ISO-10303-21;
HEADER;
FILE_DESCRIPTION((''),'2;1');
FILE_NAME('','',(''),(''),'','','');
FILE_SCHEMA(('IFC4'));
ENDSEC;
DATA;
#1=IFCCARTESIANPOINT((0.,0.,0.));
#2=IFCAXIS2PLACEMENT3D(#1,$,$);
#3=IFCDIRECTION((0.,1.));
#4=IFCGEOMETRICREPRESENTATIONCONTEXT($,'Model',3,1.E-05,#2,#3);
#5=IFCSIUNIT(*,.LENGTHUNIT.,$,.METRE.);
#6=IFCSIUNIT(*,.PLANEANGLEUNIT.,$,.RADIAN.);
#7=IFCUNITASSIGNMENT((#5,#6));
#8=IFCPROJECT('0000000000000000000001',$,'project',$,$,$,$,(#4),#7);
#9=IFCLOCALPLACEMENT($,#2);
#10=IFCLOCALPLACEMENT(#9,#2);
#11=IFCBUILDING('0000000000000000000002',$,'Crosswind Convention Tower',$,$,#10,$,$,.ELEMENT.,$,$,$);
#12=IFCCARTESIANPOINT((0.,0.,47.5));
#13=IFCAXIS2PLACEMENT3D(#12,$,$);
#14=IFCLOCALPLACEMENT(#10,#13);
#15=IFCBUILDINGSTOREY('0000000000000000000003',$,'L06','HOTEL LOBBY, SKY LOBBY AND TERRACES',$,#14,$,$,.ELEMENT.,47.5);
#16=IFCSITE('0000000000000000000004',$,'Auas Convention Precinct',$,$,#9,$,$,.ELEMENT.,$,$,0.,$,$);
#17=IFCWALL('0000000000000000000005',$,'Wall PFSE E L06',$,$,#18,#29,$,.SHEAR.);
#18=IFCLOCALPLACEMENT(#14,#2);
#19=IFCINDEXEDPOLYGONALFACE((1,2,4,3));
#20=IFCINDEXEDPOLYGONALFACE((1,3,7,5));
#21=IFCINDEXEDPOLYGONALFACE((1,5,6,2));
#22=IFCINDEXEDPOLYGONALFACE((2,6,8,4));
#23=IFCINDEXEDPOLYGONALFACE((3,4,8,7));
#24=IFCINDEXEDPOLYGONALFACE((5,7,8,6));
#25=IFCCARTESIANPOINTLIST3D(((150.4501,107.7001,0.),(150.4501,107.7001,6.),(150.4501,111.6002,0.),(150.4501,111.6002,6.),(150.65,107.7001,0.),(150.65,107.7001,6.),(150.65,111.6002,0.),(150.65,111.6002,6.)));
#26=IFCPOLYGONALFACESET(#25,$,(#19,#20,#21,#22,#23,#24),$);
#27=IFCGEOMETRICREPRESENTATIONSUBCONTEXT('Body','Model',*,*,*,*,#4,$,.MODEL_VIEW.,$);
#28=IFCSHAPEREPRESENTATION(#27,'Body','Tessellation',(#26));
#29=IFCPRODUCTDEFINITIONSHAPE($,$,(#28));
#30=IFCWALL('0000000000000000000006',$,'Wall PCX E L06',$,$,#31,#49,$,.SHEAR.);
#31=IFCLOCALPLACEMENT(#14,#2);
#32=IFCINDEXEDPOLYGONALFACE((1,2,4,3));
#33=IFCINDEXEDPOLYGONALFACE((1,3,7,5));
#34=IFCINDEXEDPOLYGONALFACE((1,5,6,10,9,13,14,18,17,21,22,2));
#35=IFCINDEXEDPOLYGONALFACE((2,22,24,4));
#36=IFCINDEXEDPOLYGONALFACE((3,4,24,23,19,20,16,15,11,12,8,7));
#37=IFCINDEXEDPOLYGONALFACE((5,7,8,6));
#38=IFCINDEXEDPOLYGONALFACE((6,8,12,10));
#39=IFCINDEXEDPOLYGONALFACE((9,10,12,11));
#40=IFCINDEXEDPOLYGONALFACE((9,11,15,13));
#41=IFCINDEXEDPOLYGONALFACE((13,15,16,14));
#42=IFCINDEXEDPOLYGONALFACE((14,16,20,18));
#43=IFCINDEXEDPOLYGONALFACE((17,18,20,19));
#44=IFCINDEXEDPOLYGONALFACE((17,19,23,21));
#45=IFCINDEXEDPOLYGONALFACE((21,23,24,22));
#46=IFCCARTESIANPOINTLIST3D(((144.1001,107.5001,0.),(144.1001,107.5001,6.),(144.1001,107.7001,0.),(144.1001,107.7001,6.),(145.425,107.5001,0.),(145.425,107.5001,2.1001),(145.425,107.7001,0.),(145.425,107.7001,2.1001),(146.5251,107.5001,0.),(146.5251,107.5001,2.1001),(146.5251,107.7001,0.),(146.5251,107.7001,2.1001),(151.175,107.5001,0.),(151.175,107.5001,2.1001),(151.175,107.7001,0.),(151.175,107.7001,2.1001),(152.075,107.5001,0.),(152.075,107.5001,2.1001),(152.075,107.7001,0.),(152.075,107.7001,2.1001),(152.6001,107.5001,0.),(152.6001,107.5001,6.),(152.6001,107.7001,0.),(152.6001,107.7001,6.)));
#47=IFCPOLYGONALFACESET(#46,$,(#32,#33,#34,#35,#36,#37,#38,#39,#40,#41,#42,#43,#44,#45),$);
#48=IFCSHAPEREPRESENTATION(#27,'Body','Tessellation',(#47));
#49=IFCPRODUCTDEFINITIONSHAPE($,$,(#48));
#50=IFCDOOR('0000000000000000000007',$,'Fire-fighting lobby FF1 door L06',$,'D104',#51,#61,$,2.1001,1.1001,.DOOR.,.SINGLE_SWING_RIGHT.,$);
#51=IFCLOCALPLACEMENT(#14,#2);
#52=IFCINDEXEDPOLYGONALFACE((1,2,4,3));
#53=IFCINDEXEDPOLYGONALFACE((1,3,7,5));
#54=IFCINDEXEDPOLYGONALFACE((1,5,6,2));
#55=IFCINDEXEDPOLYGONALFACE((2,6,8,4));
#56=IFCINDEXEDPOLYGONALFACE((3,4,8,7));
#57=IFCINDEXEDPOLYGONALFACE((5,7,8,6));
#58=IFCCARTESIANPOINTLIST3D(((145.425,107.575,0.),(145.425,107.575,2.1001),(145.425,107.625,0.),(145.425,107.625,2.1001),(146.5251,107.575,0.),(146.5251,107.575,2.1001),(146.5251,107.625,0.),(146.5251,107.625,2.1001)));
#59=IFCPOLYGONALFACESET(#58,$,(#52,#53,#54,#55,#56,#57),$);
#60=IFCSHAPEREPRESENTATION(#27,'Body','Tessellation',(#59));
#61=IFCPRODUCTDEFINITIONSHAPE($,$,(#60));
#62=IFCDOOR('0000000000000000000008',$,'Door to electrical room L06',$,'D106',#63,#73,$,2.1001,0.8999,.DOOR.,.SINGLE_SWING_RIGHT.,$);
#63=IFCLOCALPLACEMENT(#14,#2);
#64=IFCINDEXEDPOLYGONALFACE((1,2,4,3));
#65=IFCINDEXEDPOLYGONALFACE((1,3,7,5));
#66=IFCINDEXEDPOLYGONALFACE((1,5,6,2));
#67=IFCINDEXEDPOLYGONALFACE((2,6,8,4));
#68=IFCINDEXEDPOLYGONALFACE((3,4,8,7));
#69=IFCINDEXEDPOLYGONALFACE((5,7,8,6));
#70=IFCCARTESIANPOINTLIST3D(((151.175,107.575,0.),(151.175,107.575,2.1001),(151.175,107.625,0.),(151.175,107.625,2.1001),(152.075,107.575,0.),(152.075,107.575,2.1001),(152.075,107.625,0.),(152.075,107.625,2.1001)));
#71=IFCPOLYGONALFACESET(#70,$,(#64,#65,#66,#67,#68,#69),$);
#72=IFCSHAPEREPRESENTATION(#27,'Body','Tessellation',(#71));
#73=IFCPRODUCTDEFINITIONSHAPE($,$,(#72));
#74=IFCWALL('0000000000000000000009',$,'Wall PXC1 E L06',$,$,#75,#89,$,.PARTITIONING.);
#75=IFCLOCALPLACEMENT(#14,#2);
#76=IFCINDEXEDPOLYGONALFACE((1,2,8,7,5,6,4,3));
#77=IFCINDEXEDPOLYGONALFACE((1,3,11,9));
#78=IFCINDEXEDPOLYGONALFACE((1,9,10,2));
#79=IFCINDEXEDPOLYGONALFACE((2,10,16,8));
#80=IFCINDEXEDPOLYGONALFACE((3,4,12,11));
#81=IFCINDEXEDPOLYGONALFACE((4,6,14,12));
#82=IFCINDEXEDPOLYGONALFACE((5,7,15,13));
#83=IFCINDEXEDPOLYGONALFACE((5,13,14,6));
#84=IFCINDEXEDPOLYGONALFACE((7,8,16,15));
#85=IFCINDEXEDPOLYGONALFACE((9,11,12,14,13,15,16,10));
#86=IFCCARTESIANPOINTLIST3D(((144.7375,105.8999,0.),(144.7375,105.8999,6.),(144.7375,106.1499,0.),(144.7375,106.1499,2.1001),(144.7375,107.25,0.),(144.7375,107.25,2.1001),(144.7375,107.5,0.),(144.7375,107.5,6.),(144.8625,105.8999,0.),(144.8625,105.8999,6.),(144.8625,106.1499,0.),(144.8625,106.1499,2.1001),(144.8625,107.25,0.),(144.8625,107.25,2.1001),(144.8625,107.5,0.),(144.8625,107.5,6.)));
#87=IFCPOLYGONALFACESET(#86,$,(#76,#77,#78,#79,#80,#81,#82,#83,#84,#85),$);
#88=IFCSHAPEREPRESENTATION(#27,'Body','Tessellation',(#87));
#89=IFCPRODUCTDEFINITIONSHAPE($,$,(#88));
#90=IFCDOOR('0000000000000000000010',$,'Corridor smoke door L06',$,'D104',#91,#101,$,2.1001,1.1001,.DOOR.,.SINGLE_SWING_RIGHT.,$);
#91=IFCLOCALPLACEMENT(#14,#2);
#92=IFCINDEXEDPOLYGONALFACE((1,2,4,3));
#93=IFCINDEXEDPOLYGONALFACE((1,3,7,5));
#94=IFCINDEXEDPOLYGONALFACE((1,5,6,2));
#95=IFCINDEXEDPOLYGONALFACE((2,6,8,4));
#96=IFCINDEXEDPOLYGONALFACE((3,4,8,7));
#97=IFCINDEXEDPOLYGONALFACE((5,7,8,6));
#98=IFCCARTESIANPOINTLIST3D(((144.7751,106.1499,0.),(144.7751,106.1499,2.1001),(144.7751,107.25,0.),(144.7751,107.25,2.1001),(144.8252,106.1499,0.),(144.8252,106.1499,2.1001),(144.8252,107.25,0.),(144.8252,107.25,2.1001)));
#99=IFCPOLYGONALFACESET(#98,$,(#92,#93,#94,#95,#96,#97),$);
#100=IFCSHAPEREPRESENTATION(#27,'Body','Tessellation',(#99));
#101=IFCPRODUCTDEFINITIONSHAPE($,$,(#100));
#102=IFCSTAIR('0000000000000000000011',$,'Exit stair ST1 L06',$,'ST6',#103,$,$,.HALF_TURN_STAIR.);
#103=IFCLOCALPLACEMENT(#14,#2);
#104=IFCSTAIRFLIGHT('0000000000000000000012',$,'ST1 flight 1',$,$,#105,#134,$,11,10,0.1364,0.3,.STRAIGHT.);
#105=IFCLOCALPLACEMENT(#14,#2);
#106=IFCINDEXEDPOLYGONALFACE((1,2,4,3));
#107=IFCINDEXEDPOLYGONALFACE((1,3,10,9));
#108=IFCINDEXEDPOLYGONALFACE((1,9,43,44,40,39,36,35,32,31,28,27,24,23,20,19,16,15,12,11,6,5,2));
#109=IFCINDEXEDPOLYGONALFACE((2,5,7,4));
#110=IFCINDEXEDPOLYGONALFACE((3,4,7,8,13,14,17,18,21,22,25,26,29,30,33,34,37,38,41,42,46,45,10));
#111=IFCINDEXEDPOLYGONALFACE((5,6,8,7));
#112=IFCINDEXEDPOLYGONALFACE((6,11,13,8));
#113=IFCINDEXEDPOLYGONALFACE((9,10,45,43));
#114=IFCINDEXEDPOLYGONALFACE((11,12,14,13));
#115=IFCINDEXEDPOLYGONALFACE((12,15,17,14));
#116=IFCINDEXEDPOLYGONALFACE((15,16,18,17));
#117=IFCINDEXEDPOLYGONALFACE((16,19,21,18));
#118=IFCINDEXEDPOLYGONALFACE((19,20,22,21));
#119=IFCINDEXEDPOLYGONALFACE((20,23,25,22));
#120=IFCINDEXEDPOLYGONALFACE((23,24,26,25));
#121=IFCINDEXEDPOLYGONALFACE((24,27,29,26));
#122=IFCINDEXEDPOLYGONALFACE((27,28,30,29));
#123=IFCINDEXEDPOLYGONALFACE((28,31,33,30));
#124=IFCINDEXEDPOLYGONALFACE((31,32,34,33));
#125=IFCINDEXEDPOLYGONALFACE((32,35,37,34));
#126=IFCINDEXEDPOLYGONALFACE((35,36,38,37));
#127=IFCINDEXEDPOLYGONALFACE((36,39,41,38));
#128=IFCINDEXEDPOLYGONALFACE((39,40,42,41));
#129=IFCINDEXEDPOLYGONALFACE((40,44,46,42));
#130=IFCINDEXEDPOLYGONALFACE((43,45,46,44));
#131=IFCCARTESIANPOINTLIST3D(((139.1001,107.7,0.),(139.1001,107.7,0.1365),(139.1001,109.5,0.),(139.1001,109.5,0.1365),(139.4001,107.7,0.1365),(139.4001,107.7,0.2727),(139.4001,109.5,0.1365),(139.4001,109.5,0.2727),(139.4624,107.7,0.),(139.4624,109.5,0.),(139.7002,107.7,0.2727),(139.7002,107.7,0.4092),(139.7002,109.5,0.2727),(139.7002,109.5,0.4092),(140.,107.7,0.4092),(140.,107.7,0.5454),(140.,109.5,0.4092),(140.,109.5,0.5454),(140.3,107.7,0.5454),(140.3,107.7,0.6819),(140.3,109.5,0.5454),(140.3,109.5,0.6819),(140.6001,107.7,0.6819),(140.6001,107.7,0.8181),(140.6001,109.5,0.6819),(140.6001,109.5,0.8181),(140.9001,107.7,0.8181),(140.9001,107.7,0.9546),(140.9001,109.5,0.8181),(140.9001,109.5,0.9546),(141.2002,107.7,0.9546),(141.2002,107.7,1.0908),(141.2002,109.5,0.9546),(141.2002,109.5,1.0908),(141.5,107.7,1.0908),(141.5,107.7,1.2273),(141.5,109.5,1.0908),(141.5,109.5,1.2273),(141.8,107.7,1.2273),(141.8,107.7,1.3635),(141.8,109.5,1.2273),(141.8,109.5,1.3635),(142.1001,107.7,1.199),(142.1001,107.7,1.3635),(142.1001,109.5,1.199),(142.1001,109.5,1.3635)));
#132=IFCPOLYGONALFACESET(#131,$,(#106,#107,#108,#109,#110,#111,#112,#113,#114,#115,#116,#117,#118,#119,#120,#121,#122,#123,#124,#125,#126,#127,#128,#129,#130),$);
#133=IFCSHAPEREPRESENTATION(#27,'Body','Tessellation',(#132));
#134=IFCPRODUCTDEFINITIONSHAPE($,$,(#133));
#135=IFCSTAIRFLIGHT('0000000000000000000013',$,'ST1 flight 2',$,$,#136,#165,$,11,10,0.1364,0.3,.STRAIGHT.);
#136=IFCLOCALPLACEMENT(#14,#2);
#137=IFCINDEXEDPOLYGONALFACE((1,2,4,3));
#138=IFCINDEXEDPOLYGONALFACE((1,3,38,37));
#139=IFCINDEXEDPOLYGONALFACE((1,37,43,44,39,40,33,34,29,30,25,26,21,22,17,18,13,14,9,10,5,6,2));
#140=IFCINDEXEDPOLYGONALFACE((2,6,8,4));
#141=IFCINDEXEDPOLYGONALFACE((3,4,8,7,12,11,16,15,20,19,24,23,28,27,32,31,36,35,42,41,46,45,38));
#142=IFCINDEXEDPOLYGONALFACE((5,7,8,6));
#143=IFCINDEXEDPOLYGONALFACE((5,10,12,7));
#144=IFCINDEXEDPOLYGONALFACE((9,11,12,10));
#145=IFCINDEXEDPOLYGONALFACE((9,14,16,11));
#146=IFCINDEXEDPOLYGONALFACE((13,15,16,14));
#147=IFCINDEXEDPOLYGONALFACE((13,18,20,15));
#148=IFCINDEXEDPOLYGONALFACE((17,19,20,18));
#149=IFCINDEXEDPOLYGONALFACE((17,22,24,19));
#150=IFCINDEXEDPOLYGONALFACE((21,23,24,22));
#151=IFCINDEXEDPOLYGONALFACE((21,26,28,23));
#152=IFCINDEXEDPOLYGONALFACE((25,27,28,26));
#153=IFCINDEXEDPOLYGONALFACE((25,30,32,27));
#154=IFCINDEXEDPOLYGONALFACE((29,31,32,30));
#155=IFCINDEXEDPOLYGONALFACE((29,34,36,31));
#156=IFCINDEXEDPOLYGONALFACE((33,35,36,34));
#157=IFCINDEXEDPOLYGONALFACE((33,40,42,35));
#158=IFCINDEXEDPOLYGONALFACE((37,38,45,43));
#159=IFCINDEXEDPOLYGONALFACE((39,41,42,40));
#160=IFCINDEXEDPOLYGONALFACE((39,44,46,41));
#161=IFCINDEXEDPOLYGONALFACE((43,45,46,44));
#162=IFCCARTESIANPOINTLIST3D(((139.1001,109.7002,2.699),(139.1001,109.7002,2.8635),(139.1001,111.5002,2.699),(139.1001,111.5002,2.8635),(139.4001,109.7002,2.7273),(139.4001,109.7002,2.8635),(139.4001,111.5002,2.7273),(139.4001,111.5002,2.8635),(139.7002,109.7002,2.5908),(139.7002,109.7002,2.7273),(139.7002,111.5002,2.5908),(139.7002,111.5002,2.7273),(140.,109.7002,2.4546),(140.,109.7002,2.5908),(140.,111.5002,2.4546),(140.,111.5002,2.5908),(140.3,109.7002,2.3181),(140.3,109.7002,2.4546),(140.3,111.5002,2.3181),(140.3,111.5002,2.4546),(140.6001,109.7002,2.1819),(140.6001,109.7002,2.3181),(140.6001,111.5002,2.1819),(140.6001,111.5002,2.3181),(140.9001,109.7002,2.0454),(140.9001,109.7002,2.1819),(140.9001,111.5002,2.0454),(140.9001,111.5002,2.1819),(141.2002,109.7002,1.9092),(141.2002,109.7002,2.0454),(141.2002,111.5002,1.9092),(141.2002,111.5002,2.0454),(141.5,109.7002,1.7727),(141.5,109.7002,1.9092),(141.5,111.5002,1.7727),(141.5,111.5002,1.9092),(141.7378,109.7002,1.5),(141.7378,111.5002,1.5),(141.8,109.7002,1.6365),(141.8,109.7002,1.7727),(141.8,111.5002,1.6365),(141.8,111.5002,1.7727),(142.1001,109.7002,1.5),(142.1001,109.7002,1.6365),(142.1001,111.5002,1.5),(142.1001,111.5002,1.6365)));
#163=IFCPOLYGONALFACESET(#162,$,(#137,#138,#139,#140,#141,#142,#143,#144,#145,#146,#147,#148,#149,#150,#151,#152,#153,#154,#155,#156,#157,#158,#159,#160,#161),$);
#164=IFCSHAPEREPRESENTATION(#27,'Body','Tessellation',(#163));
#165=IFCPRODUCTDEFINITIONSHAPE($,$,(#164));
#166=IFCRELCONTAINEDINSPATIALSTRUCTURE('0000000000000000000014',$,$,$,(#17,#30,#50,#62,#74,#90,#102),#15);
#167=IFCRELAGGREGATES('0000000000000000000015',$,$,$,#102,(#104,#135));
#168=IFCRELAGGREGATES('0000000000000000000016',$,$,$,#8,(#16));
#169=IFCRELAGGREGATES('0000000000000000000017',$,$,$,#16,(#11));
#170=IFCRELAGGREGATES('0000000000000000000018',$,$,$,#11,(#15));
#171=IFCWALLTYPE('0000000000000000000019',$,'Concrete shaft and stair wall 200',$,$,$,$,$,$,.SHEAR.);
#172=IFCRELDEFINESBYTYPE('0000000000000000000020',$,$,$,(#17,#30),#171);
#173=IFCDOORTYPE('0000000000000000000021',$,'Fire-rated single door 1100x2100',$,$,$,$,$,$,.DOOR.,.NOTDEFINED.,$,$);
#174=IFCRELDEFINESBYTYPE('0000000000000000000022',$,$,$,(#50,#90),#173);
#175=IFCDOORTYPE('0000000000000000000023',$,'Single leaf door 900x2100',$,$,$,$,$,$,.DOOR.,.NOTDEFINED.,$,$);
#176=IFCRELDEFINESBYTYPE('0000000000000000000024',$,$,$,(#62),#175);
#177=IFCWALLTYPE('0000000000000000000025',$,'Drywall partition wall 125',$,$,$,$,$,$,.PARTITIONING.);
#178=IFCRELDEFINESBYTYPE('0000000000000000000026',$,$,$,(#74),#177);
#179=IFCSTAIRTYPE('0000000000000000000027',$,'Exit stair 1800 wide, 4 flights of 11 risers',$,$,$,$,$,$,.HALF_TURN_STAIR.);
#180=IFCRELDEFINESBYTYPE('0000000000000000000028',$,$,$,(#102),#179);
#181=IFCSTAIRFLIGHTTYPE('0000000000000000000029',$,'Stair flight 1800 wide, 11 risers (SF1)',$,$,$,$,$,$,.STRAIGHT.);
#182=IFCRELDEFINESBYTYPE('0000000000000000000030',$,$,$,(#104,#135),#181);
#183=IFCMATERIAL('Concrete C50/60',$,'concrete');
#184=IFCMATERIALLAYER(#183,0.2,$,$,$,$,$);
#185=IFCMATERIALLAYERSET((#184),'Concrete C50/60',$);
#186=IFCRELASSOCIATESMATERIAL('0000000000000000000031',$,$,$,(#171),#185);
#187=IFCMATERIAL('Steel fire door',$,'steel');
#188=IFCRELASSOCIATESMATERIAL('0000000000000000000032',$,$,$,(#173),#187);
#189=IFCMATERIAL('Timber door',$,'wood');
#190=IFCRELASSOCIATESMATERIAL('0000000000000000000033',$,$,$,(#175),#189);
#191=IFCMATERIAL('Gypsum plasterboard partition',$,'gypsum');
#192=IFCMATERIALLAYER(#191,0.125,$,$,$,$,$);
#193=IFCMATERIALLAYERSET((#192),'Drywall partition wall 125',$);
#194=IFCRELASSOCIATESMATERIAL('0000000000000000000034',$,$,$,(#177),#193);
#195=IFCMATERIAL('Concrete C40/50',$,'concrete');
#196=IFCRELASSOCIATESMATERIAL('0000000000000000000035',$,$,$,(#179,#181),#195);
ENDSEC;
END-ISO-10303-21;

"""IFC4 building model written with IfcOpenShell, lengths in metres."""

from ifc_helpers import new_model, si_unit, direction, frame, frame_2d, origin, place, context, subcontext, project, spatial, polyline, rectangle, outline, extrude, material, layer, layer_set, type_object, element, fill, aggregate, save


model = new_model("IFC4")

# Units and contexts
model_context = context("Model", 3, precision=1e-05, world=origin(), true_north=direction((0.0, 1.0)))
body_context = subcontext(model_context, "Body", "Model", "MODEL_VIEW")
ifc_project = project(units=[si_unit("LENGTHUNIT", "METRE"), si_unit("PLANEANGLEUNIT", "RADIAN")], contexts=[model_context])

# Site, building, storey
site_placement = place(None, origin())
site = spatial("IfcSite", under=ifc_project, at=site_placement, Name="Auas Convention Precinct", CompositionType="ELEMENT", RefElevation=0.0)
building_placement = place(site_placement, origin())
building = spatial("IfcBuilding", under=site, at=building_placement, Name="Crosswind Convention Tower", CompositionType="ELEMENT")
storey_placement = place(building_placement, frame((0.0, 0.0, 47.5)))
storey = spatial("IfcBuildingStorey", under=building, at=storey_placement, Name="L06", Description="HOTEL LOBBY, SKY LOBBY AND TERRACES", CompositionType="ELEMENT", Elevation=47.5)

# Shared definitions
ifc_material_1 = material(Name="Concrete C50/60", Category="concrete")
ifc_layer_1 = layer(ifc_material_1, 0.2)
ifc_layer_set_1 = layer_set([ifc_layer_1], Name="Concrete C50/60")
wall_type_1 = type_object("IfcWallType", Name="Concrete shaft and stair wall 200", PredefinedType="SHEAR", material=ifc_layer_set_1)

# Wall
wall_1_placement = place(storey_placement, frame((150.55, 107.7, 0.0), z_axis=(0.0, 0.0, 1.0), x_axis=(0.0, 1.0, 0.0)))
element("IfcWall", 1, at=wall_1_placement, inside=storey, type_object=wall_type_1, Name="Wall PFSE E L06", PredefinedType="SHEAR", context=body_context, shape_type="SweptSolid", body=[
    extrude(rectangle(XDim=3.9001, YDim=0.2, at=frame_2d((1.9502, 0.0))), origin(), (0.0, 0.0, 1.0), 6.0),
])

# Wall, openings, doors
wall_2_placement = place(storey_placement, frame((144.1001, 107.6001, 0.0), z_axis=(0.0, 0.0, 1.0), x_axis=(1.0, 0.0, 0.0)))
wall_2 = element("IfcWall", 2, at=wall_2_placement, inside=storey, type_object=wall_type_1, Name="Wall PCX E L06", PredefinedType="SHEAR", context=body_context, shape_type="SweptSolid", body=[
    extrude(rectangle(XDim=8.5, YDim=0.2, at=frame_2d((4.25, 0.0))), origin(), (0.0, 0.0, 1.0), 6.0),
])
opening_1_placement = place(wall_2_placement, frame((1.325, 0.0, 0.0)))
opening_1 = element("IfcOpeningElement", 3, at=opening_1_placement, cuts=wall_2, PredefinedType="OPENING", context=body_context, shape_type="SweptSolid", body=[
    extrude(rectangle(XDim=1.1001, YDim=2.1001, at=frame_2d((0.55, 1.05))), frame((0.0, 0.1099, 0.0), z_axis=(0.0, -1.0, 0.0), x_axis=(1.0, 0.0, 0.0)), (0.0, 0.0, 1.0), 0.22),
])
opening_2_placement = place(wall_2_placement, frame((7.075, 0.0, 0.0)))
opening_2 = element("IfcOpeningElement", 4, at=opening_2_placement, cuts=wall_2, PredefinedType="OPENING", context=body_context, shape_type="SweptSolid", body=[
    extrude(rectangle(XDim=0.8999, YDim=2.1001, at=frame_2d((0.45, 1.05))), frame((0.0, 0.1099, 0.0), z_axis=(0.0, -1.0, 0.0), x_axis=(1.0, 0.0, 0.0)), (0.0, 0.0, 1.0), 0.22),
])
ifc_material_2 = material(Name="Steel fire door", Category="steel")
door_type_1 = type_object("IfcDoorType", Name="Fire-rated single door 1100x2100", OperationType="NOTDEFINED", PredefinedType="DOOR", material=ifc_material_2)
door_1_placement = place(opening_1_placement, origin())
door_1 = element("IfcDoor", 5, at=door_1_placement, inside=storey, type_object=door_type_1, Name="Fire-fighting lobby FF1 door L06", ObjectType="D104", OperationType="SINGLE_SWING_RIGHT", OverallHeight=2.1001, OverallWidth=1.1001, PredefinedType="DOOR", context=body_context, shape_type="SweptSolid", body=[
    extrude(rectangle(XDim=1.1001, YDim=2.1001, at=frame_2d((0.55, 1.05))), frame((0.0, 0.0249, 0.0), z_axis=(0.0, -1.0, 0.0), x_axis=(1.0, 0.0, 0.0)), (0.0, 0.0, 1.0), 0.05),
])
fill(opening_1, door_1)
ifc_material_3 = material(Name="Timber door", Category="wood")
door_type_2 = type_object("IfcDoorType", Name="Single leaf door 900x2100", OperationType="NOTDEFINED", PredefinedType="DOOR", material=ifc_material_3)
door_2_placement = place(opening_2_placement, origin())
door_2 = element("IfcDoor", 6, at=door_2_placement, inside=storey, type_object=door_type_2, Name="Door to electrical room L06", ObjectType="D106", OperationType="SINGLE_SWING_RIGHT", OverallHeight=2.1001, OverallWidth=0.8999, PredefinedType="DOOR", context=body_context, shape_type="SweptSolid", body=[
    extrude(rectangle(XDim=0.8999, YDim=2.1001, at=frame_2d((0.45, 1.05))), frame((0.0, 0.0249, 0.0), z_axis=(0.0, -1.0, 0.0), x_axis=(1.0, 0.0, 0.0)), (0.0, 0.0, 1.0), 0.05),
])
fill(opening_2, door_2)

# Wall, opening, door
ifc_material_4 = material(Name="Gypsum plasterboard partition", Category="gypsum")
ifc_layer_2 = layer(ifc_material_4, 0.125)
ifc_layer_set_2 = layer_set([ifc_layer_2], Name="Drywall partition wall 125")
wall_type_2 = type_object("IfcWallType", Name="Drywall partition wall 125", PredefinedType="PARTITIONING", material=ifc_layer_set_2)
wall_3_placement = place(storey_placement, frame((144.8, 105.8999, 0.0), z_axis=(0.0, 0.0, 1.0), x_axis=(0.0, 1.0, 0.0)))
wall_3 = element("IfcWall", 7, at=wall_3_placement, inside=storey, type_object=wall_type_2, Name="Wall PXC1 E L06", PredefinedType="PARTITIONING", context=body_context, shape_type="SweptSolid", body=[
    extrude(rectangle(XDim=1.6001, YDim=0.125, at=frame_2d((0.8, 0.0))), origin(), (0.0, 0.0, 1.0), 6.0),
])
opening_3_placement = place(wall_3_placement, frame((0.25, 0.0, 0.0)))
opening_3 = element("IfcOpeningElement", 8, at=opening_3_placement, cuts=wall_3, PredefinedType="OPENING", context=body_context, shape_type="SweptSolid", body=[
    extrude(rectangle(XDim=1.1001, YDim=2.1001, at=frame_2d((0.55, 1.05))), frame((0.0, 0.0725, 0.0), z_axis=(0.0, -1.0, 0.0), x_axis=(1.0, 0.0, 0.0)), (0.0, 0.0, 1.0), 0.145),
])
door_3_placement = place(opening_3_placement, origin())
door_3 = element("IfcDoor", 9, at=door_3_placement, inside=storey, type_object=door_type_1, Name="Corridor smoke door L06", ObjectType="D104", OperationType="SINGLE_SWING_RIGHT", OverallHeight=2.1001, OverallWidth=1.1001, PredefinedType="DOOR", context=body_context, shape_type="SweptSolid", body=[
    extrude(rectangle(XDim=1.1001, YDim=2.1001, at=frame_2d((0.55, 1.05))), frame((0.0, 0.0249, 0.0), z_axis=(0.0, -1.0, 0.0), x_axis=(1.0, 0.0, 0.0)), (0.0, 0.0, 1.0), 0.05),
])
fill(opening_3, door_3)

# Stair, stair flights
ifc_material_5 = material(Name="Concrete C40/50", Category="concrete")
stair_type = type_object("IfcStairType", Name="Exit stair 1800 wide, 4 flights of 11 risers", PredefinedType="HALF_TURN_STAIR", material=ifc_material_5)
stair_placement = place(storey_placement, origin())
stair = element("IfcStair", 10, at=stair_placement, inside=storey, type_object=stair_type, Name="Exit stair ST1 L06", ObjectType="ST6", PredefinedType="HALF_TURN_STAIR")
stair_flight_type = type_object("IfcStairFlightType", Name="Stair flight 1800 wide, 11 risers (SF1)", PredefinedType="STRAIGHT", material=ifc_material_5)
stair_flight_1_placement = place(storey_placement, frame((139.1001, 108.6001, 0.0), z_axis=(0.0, 0.0, 1.0), x_axis=(1.0, 0.0, 0.0)))
stair_flight_1 = element("IfcStairFlight", 11, at=stair_flight_1_placement, type_object=stair_flight_type, Name="ST1 flight 1", NumberOfRisers=11, NumberOfTreads=10, PredefinedType="STRAIGHT", RiserHeight=0.1364, TreadLength=0.3, context=body_context, shape_type="SweptSolid", body=[
    extrude(outline(polyline([(0.0, 0.0), (0.0, 0.1365), (0.3, 0.1365), (0.3, 0.2727), (0.6001, 0.2727), (0.6001, 0.4092), (0.8999, 0.4092), (0.8999, 0.5454), (1.2, 0.5454), (1.2, 0.6819), (1.5, 0.6819), (1.5, 0.8181), (1.8, 0.8181), (1.8, 0.9546), (2.1001, 0.9546), (2.1001, 1.0908), (2.3999, 1.0908), (2.3999, 1.2273), (2.7, 1.2273), (2.7, 1.3635), (3.0, 1.3635), (3.0, 1.5), (3.0, 1.199), (0.3623, 0.0), (0.0, 0.0)])), frame((0.0, 0.8999, 0.0), z_axis=(0.0, -1.0, 0.0), x_axis=(1.0, 0.0, 0.0)), (0.0, 0.0, 1.0), 1.8),
])
stair_flight_2_placement = place(storey_placement, frame((142.1001, 110.6001, 1.5), z_axis=(0.0, 0.0, 1.0), x_axis=(-1.0, 0.0, 0.0)))
stair_flight_2 = element("IfcStairFlight", 12, at=stair_flight_2_placement, type_object=stair_flight_type, Name="ST1 flight 2", NumberOfRisers=11, NumberOfTreads=10, PredefinedType="STRAIGHT", RiserHeight=0.1364, TreadLength=0.3, context=body_context, shape_type="SweptSolid", body=[
    extrude(outline(polyline([(0.0, 0.0), (0.0, 0.1365), (0.3, 0.1365), (0.3, 0.2727), (0.6001, 0.2727), (0.6001, 0.4092), (0.8999, 0.4092), (0.8999, 0.5454), (1.2, 0.5454), (1.2, 0.6819), (1.5, 0.6819), (1.5, 0.8181), (1.8, 0.8181), (1.8, 0.9546), (2.1001, 0.9546), (2.1001, 1.0908), (2.3999, 1.0908), (2.3999, 1.2273), (2.7, 1.2273), (2.7, 1.3635), (3.0, 1.3635), (3.0, 1.5), (3.0, 1.199), (0.3623, 0.0), (0.0, 0.0)])), frame((0.0, 0.8999, 0.0), z_axis=(0.0, -1.0, 0.0), x_axis=(1.0, 0.0, 0.0)), (0.0, 0.0, 1.0), 1.8),
])
aggregate(stair, [stair_flight_1, stair_flight_2])

save(model, "model.ifc")
